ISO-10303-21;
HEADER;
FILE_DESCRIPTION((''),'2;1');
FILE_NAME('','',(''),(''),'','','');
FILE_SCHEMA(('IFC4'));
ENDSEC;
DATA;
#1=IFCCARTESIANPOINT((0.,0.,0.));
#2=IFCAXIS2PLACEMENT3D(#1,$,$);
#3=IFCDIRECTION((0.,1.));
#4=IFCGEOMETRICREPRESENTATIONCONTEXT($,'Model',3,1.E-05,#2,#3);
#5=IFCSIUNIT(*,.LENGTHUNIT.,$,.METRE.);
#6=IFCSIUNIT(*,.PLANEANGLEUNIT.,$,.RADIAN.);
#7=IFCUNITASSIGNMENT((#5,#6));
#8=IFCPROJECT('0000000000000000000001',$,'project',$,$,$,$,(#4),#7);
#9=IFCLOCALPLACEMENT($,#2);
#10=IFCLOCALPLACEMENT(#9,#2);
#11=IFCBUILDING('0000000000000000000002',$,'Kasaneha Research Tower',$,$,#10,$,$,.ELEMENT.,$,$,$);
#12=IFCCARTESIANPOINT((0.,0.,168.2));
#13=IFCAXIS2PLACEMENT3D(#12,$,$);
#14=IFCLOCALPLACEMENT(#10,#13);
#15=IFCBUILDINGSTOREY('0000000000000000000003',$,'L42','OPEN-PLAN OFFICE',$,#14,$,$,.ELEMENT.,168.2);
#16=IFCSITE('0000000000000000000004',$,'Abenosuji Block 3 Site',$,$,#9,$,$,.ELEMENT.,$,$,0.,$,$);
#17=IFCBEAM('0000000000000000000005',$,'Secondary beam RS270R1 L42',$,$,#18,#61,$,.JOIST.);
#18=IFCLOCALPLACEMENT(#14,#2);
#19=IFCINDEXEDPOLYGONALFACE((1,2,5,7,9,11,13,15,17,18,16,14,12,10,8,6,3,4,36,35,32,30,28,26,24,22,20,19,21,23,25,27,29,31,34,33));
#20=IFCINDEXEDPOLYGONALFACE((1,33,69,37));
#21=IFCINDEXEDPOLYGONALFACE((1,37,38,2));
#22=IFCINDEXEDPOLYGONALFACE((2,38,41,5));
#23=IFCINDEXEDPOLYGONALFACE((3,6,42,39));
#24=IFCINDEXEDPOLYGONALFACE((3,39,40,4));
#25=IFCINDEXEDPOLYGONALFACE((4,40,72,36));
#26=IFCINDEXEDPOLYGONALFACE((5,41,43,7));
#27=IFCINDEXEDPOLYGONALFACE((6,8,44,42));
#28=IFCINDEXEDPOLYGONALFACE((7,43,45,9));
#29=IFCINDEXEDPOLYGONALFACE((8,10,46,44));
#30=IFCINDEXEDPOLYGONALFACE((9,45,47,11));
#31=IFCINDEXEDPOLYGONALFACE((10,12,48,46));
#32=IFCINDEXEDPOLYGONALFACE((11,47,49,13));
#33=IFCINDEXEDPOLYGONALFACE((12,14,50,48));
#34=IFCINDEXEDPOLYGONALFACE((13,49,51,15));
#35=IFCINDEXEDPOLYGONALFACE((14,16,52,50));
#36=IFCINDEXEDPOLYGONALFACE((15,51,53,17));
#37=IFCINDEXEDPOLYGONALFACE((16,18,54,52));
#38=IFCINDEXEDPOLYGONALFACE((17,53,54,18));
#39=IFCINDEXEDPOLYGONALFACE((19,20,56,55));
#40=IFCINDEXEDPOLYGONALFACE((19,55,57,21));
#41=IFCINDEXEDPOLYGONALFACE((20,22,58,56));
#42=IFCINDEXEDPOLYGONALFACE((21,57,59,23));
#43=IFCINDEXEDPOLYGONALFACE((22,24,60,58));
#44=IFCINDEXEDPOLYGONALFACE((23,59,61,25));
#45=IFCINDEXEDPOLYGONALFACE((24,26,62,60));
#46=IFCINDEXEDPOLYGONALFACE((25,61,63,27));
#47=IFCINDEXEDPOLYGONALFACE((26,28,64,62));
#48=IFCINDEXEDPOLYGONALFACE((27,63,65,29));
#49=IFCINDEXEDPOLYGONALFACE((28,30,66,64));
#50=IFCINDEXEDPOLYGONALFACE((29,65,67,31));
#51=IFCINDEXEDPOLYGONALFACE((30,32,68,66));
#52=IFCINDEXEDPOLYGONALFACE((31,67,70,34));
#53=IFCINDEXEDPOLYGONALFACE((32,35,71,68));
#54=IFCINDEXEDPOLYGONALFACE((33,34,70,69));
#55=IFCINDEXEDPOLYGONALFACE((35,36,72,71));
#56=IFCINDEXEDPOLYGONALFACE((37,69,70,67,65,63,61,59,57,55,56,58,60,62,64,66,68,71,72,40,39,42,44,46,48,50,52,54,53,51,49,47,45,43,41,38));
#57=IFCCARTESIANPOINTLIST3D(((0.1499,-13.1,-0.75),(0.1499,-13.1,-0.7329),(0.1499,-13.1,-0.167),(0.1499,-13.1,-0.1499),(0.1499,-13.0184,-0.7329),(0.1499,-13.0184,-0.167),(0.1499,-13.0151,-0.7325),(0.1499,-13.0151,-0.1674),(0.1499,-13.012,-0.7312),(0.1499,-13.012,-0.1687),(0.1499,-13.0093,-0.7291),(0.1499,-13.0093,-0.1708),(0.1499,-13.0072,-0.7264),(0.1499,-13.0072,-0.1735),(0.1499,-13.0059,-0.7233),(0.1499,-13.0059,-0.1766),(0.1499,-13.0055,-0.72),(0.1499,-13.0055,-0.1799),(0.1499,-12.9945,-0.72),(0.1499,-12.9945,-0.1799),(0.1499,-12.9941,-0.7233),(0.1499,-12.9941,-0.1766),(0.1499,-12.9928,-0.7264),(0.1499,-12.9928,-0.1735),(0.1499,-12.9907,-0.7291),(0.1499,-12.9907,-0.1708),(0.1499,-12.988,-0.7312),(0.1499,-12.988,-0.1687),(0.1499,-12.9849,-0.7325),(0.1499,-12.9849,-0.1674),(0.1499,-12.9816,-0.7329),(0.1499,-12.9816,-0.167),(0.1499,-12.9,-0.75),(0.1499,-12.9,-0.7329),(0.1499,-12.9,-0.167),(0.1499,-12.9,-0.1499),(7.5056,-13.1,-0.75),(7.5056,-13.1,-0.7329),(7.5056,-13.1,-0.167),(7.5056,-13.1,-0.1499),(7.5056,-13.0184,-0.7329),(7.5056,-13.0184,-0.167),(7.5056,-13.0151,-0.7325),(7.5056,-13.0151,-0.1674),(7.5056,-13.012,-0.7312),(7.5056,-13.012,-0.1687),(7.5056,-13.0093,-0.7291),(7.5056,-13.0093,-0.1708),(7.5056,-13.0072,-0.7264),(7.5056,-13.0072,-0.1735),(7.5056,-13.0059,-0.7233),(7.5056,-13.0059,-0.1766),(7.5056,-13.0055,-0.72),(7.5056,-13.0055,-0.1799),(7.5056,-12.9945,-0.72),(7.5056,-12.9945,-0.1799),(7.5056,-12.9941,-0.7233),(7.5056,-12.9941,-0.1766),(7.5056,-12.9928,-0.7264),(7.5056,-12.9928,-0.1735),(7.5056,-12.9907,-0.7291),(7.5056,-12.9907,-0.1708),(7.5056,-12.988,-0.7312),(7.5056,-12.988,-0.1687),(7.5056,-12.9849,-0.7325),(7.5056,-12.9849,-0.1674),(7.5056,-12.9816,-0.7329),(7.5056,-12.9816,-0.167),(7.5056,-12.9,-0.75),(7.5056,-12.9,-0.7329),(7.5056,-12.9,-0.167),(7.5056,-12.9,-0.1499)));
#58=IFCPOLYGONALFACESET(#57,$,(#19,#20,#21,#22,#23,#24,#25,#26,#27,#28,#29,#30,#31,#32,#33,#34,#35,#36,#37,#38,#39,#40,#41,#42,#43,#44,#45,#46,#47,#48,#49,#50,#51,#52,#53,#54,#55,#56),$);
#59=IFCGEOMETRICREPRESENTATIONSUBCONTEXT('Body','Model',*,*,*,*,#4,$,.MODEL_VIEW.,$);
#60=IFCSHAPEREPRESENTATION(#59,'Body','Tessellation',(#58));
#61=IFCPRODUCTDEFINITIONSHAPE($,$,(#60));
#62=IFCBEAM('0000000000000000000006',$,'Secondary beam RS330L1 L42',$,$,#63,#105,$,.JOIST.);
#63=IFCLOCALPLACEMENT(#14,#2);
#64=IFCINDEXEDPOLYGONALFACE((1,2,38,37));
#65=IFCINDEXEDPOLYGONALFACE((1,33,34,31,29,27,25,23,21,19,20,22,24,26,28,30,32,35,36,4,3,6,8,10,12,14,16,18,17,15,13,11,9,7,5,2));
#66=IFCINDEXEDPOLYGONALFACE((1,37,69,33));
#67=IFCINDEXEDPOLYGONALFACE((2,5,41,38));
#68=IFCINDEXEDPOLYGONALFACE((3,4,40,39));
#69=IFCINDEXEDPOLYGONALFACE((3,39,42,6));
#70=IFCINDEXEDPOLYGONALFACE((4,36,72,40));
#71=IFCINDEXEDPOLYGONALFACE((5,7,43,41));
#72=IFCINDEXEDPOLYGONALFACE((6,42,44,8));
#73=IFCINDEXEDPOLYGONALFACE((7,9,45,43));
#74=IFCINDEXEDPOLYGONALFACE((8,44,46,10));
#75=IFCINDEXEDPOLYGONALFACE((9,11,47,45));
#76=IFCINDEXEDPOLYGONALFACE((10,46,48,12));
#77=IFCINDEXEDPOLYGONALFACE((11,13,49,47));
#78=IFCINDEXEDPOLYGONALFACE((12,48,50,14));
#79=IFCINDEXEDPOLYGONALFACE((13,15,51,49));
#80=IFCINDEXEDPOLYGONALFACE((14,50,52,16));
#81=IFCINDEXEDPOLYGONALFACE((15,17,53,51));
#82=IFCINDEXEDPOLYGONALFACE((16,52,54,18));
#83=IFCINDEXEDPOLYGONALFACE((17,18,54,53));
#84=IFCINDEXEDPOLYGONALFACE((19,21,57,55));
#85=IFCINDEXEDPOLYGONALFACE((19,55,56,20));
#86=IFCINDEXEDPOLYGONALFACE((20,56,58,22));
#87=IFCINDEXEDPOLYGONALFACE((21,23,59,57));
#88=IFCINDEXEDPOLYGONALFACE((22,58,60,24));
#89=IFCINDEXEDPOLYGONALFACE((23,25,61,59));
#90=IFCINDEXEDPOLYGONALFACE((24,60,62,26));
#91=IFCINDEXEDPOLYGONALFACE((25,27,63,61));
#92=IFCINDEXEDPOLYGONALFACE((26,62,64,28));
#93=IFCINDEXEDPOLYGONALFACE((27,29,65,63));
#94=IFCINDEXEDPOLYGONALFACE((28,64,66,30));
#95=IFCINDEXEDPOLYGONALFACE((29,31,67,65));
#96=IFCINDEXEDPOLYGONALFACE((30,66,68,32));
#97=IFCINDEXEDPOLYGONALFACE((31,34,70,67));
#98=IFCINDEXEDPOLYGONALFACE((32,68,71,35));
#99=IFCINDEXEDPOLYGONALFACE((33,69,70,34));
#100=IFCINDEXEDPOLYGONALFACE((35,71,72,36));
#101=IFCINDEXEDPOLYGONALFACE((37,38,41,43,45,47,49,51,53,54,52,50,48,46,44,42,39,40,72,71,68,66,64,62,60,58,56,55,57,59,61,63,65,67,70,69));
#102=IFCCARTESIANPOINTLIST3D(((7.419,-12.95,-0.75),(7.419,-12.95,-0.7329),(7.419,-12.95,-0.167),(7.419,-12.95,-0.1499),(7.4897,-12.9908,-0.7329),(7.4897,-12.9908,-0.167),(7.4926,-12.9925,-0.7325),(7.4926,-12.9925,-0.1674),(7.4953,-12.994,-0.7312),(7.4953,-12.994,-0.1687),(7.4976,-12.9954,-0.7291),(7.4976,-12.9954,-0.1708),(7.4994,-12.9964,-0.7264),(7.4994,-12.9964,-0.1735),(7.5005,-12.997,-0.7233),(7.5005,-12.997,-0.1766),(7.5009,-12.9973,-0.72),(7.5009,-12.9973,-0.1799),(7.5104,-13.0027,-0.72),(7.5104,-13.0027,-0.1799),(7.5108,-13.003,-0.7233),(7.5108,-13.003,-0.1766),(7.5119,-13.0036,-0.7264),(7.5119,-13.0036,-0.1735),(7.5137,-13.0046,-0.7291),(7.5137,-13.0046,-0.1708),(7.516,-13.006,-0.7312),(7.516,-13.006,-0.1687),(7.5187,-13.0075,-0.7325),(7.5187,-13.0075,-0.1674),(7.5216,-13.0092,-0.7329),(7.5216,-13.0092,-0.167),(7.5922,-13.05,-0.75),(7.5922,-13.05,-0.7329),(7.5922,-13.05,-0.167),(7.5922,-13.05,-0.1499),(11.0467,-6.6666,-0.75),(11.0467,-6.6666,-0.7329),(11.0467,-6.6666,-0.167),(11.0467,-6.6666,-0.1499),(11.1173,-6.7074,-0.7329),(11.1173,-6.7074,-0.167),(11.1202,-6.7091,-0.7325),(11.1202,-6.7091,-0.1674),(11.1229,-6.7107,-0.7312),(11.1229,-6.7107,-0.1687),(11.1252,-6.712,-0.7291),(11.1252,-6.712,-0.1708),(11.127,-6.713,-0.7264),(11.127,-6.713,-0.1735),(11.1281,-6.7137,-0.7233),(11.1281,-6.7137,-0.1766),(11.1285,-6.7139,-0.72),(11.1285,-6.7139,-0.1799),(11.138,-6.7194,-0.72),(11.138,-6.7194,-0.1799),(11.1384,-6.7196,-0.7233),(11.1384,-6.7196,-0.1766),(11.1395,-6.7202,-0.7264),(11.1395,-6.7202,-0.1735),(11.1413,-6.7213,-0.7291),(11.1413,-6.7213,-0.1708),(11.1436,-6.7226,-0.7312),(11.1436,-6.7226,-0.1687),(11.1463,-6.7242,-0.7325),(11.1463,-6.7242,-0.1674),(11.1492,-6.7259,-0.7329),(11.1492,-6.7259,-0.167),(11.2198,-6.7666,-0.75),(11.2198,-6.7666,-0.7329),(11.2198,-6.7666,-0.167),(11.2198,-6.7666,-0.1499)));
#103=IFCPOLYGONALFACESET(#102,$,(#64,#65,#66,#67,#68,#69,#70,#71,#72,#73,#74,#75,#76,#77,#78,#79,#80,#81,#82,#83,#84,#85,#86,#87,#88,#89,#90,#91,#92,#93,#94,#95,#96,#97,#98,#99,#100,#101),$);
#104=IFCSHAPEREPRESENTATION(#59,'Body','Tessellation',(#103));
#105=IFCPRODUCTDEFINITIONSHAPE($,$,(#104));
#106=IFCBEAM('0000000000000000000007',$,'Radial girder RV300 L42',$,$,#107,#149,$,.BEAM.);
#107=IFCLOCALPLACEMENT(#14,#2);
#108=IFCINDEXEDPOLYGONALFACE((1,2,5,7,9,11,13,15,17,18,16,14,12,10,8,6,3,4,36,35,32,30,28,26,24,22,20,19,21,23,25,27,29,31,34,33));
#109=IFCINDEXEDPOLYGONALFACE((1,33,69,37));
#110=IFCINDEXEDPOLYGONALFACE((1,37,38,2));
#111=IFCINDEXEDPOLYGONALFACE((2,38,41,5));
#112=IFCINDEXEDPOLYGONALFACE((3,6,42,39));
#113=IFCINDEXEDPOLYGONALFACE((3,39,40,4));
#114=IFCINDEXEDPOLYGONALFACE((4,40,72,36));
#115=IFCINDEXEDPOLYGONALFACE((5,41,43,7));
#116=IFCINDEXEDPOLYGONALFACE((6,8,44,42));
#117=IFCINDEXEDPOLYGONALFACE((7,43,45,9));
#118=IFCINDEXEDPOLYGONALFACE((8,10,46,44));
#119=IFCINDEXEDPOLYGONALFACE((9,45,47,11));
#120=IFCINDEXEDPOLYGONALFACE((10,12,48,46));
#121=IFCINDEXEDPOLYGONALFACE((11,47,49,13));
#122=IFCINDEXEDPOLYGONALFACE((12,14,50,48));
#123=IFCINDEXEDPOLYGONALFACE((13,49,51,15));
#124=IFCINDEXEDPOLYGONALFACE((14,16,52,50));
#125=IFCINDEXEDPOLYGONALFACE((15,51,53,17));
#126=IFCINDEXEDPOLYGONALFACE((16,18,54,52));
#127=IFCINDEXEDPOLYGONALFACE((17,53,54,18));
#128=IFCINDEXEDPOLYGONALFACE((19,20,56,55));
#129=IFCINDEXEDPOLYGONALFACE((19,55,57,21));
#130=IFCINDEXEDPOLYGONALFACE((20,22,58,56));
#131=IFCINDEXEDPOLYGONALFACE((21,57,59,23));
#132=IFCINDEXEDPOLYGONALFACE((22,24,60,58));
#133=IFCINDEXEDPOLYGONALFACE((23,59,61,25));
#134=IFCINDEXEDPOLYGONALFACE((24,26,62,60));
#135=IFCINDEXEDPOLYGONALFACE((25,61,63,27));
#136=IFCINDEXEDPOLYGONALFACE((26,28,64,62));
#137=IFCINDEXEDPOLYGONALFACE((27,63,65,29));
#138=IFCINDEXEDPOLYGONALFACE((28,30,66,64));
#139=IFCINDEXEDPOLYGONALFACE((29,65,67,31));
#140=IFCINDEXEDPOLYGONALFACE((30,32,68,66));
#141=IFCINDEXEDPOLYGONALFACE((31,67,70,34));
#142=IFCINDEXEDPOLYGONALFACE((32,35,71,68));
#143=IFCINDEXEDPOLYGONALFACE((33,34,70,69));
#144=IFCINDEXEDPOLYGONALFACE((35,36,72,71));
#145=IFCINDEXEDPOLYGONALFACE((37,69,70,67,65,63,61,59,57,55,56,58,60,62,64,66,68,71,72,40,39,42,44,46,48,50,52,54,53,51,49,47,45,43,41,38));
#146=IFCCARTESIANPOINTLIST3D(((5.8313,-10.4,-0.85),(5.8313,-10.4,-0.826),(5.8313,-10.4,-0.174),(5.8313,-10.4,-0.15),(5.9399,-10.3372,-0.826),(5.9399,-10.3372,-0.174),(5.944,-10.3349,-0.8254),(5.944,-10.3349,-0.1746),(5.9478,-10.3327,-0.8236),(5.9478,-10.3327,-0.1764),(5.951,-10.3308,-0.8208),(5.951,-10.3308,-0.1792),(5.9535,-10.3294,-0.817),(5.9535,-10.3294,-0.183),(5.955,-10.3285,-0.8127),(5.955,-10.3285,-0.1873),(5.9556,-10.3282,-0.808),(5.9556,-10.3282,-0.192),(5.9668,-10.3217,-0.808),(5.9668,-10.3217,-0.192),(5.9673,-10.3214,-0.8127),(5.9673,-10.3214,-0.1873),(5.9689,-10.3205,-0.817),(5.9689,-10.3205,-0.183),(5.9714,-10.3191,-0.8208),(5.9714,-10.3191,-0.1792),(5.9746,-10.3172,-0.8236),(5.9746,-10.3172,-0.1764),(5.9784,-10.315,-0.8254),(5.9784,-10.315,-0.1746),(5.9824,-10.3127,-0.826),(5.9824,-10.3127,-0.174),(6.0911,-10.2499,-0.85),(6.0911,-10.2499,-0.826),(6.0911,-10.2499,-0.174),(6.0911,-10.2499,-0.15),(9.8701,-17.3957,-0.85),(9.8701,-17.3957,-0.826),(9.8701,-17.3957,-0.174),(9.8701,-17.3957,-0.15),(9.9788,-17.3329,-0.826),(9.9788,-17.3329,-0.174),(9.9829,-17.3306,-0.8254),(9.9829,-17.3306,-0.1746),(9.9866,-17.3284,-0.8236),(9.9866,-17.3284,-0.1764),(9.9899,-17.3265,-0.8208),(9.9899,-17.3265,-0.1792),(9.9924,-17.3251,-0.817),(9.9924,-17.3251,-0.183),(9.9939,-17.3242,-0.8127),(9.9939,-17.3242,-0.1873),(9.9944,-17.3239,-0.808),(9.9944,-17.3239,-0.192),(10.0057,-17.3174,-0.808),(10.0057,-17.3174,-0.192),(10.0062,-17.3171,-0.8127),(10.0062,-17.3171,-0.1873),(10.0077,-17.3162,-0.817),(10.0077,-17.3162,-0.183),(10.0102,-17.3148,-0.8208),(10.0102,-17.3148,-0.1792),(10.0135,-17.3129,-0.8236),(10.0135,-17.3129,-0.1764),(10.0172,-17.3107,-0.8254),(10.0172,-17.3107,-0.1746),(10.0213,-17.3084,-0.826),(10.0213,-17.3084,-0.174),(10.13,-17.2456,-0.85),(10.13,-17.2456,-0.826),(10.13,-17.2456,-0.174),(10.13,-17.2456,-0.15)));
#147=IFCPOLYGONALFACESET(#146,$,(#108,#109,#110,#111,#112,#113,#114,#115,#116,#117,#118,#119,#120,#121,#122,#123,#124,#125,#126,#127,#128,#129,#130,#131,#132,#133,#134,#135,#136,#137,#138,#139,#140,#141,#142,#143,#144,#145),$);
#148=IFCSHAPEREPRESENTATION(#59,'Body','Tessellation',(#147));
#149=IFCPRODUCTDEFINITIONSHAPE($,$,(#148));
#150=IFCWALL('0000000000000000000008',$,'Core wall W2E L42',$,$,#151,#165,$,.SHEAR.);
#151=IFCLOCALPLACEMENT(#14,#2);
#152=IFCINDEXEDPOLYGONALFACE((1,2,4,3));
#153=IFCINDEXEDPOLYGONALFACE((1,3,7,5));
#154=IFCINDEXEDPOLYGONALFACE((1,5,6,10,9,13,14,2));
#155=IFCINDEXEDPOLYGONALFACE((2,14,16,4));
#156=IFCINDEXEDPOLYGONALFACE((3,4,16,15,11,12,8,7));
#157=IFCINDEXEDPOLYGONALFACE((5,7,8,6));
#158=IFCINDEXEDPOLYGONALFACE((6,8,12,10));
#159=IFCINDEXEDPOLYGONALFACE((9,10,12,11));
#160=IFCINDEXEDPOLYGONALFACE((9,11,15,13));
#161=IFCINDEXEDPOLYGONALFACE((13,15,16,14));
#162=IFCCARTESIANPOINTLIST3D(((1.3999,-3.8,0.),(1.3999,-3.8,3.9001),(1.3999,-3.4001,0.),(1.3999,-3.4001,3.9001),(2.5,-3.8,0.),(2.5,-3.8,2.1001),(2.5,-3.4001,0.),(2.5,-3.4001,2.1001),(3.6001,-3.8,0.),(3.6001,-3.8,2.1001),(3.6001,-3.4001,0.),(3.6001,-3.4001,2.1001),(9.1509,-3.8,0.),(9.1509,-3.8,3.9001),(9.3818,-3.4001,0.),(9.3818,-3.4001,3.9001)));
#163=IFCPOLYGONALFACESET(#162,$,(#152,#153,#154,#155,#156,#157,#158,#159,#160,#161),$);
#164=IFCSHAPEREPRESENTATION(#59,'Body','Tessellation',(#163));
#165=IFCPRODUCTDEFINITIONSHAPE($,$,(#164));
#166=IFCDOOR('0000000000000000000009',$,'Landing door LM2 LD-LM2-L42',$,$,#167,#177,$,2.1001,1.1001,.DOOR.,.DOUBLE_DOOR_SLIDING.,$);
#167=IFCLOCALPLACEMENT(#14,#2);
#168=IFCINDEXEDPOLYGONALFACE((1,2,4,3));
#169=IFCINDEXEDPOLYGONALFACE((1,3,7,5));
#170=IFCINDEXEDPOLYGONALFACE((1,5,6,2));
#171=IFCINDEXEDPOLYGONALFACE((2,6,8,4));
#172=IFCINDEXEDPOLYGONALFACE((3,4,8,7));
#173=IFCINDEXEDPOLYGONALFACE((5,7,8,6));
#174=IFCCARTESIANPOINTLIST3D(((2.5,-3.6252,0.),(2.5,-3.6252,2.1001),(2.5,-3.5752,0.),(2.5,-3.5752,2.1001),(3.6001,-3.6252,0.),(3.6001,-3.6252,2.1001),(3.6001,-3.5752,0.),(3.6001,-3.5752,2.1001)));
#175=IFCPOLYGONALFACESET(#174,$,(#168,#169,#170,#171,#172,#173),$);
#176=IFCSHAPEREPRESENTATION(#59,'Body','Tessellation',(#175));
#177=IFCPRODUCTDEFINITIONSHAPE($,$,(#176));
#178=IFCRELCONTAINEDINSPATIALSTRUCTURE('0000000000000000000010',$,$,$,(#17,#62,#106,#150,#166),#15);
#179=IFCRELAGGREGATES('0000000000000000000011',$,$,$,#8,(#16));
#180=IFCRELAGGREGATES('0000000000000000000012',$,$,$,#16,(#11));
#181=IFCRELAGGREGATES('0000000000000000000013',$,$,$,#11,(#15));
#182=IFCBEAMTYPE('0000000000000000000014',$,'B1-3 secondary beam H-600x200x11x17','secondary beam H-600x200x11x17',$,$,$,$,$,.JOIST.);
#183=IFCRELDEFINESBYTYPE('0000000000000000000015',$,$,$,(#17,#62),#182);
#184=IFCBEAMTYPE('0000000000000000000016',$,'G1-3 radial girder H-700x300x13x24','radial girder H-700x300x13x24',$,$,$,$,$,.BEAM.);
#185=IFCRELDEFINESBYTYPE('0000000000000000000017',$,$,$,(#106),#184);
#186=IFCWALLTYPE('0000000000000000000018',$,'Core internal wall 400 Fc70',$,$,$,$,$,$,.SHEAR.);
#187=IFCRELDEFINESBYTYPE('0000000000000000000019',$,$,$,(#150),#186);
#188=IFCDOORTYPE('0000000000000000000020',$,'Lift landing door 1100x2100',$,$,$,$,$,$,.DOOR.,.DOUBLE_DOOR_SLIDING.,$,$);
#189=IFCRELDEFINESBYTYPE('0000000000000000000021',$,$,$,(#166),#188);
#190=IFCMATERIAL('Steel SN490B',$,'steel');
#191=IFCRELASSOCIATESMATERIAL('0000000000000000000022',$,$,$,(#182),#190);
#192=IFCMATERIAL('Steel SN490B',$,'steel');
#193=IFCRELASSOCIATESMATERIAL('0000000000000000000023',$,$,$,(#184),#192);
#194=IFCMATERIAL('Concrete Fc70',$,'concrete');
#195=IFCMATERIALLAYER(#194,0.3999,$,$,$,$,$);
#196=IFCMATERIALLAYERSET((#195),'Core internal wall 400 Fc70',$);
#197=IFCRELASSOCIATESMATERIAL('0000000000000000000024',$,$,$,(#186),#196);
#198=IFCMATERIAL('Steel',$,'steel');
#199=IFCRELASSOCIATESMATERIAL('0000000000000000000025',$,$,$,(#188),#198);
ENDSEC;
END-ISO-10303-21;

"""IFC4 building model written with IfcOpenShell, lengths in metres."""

from ifc_helpers import new_model, si_unit, direction, frame, frame_2d, origin, origin_2d, place, context, subcontext, project, spatial, polyline, rectangle, i_section, outline, extrude, material, layer, layer_set, material_profile, profile_set, type_object, element, fill, save


model = new_model("IFC4")

# Units and contexts
model_context = context("Model", 3, precision=1e-05, world=origin(), true_north=direction((0.0, 1.0)))
body_context = subcontext(model_context, "Body", "Model", "MODEL_VIEW")
ifc_project = project(units=[si_unit("LENGTHUNIT", "METRE"), si_unit("PLANEANGLEUNIT", "RADIAN")], contexts=[model_context])

# Site, building, storey
site_placement = place(None, origin())
site = spatial("IfcSite", under=ifc_project, at=site_placement, Name="Abenosuji Block 3 Site", CompositionType="ELEMENT", RefElevation=0.0)
building_placement = place(site_placement, origin())
building = spatial("IfcBuilding", under=site, at=building_placement, Name="Kasaneha Research Tower", CompositionType="ELEMENT")
storey_placement = place(building_placement, frame((0.0, 0.0, 168.2)))
storey = spatial("IfcBuildingStorey", under=building, at=storey_placement, Name="L42", Description="OPEN-PLAN OFFICE", CompositionType="ELEMENT", Elevation=168.2)

# Beams
ifc_material_1 = material(Name="Steel SN490B", Category="steel")
ifc_material_profile_1 = material_profile(ifc_material_1, i_section(OverallWidth=0.2, OverallDepth=0.6001, WebThickness=0.011, FlangeThickness=0.0171, FilletRadius=0.0129, at=origin_2d()), Name="H-600x200x11x17")
ifc_profile_set_1 = profile_set([ifc_material_profile_1], Name="Steel SN490B")
beam_type_1 = type_object("IfcBeamType", Name="B1-3 secondary beam H-600x200x11x17", Description="secondary beam H-600x200x11x17", PredefinedType="JOIST", material=ifc_profile_set_1)
beam_1_placement = place(storey_placement, frame((7.5056, -13.0, -0.45), z_axis=(-1.0, 0.0, 0.0), x_axis=(0.0, -1.0, 0.0)))
element("IfcBeam", 1, at=beam_1_placement, inside=storey, type_object=beam_type_1, Name="Secondary beam RS270R1 L42", PredefinedType="JOIST", context=body_context, shape_type="SweptSolid", body=[
    extrude(i_section(OverallWidth=0.2, OverallDepth=0.6001, WebThickness=0.011, FlangeThickness=0.0171, FilletRadius=0.0129, at=origin_2d()), origin(), (0.0, 0.0, 1.0), 7.3557),
])
beam_2_placement = place(storey_placement, frame((7.5056, -13.0, -0.45), z_axis=(0.499993, 0.866029, 0.0), x_axis=(-0.866029, 0.499993, 0.0)))
element("IfcBeam", 2, at=beam_2_placement, inside=storey, type_object=beam_type_1, Name="Secondary beam RS330L1 L42", PredefinedType="JOIST", context=body_context, shape_type="SweptSolid", body=[
    extrude(i_section(OverallWidth=0.2, OverallDepth=0.6001, WebThickness=0.011, FlangeThickness=0.0171, FilletRadius=0.0129, at=origin_2d()), origin(), (0.0, 0.0, 1.0), 7.2554),
])
ifc_material_2 = material(Name="Steel SN490B", Category="steel")
ifc_material_profile_2 = material_profile(ifc_material_2, i_section(OverallWidth=0.3, OverallDepth=0.7, WebThickness=0.0129, FlangeThickness=0.0239, FilletRadius=0.0181, at=origin_2d()), Name="H-700x300x13x24")
ifc_profile_set_2 = profile_set([ifc_material_profile_2], Name="Steel SN490B")
beam_type_2 = type_object("IfcBeamType", Name="G1-3 radial girder H-700x300x13x24", Description="radial girder H-700x300x13x24", PredefinedType="BEAM", material=ifc_profile_set_2)
beam_3_placement = place(storey_placement, frame((5.9612, -10.325, -0.5), z_axis=(0.499991, -0.866031, 0.0), x_axis=(0.866031, 0.499991, 0.0)))
element("IfcBeam", 3, at=beam_3_placement, inside=storey, type_object=beam_type_2, Name="Radial girder RV300 L42", PredefinedType="BEAM", context=body_context, shape_type="SweptSolid", body=[
    extrude(i_section(OverallWidth=0.3, OverallDepth=0.7, WebThickness=0.0129, FlangeThickness=0.0239, FilletRadius=0.0181, at=origin_2d()), origin(), (0.0, 0.0, 1.0), 8.0779),
])

# Wall, opening, door
ifc_material_3 = material(Name="Concrete Fc70", Category="concrete")
ifc_layer_1 = layer(ifc_material_3, 0.3999)
ifc_layer_set_1 = layer_set([ifc_layer_1], Name="Core internal wall 400 Fc70")
wall_type_1 = type_object("IfcWallType", Name="Core internal wall 400 Fc70", PredefinedType="SHEAR", material=ifc_layer_set_1)
wall_1_placement = place(storey_placement, frame((1.3999, -3.6001, 0.0), z_axis=(0.0, 0.0, 1.0), x_axis=(1.0, 0.0, 0.0)))
wall_1 = element("IfcWall", 4, at=wall_1_placement, inside=storey, type_object=wall_type_1, Name="Core wall W2E L42", PredefinedType="SHEAR", context=body_context, shape_type="SweptSolid", body=[
    extrude(outline(polyline([(0.0, -0.2), (1.1001, -0.2), (2.2002, -0.2), (7.751, -0.2), (7.9819, 0.2), (2.2002, 0.2), (1.1001, 0.2), (0.0, 0.2), (0.0, -0.2)])), origin(), (0.0, 0.0, 1.0), 3.9001),
])
opening_1_placement = place(wall_1_placement, frame((1.1001, 0.0, 0.0)))
opening_1 = element("IfcOpeningElement", 5, at=opening_1_placement, cuts=wall_1, PredefinedType="OPENING", context=body_context, shape_type="SweptSolid", body=[
    extrude(rectangle(XDim=1.1001, YDim=2.1001, at=frame_2d((0.55, 1.05))), frame((0.0, 0.21, 0.0), z_axis=(0.0, -1.0, 0.0), x_axis=(1.0, 0.0, 0.0)), (0.0, 0.0, 1.0), 0.4199),
])
ifc_material_4 = material(Name="Steel", Category="steel")
door_type_1 = type_object("IfcDoorType", Name="Lift landing door 1100x2100", OperationType="DOUBLE_DOOR_SLIDING", PredefinedType="DOOR", material=ifc_material_4)
door_1_placement = place(opening_1_placement, origin())
door_1 = element("IfcDoor", 6, at=door_1_placement, inside=storey, type_object=door_type_1, Name="Landing door LM2 LD-LM2-L42", OperationType="DOUBLE_DOOR_SLIDING", OverallHeight=2.1001, OverallWidth=1.1001, PredefinedType="DOOR", context=body_context, shape_type="SweptSolid", body=[
    extrude(rectangle(XDim=1.1001, YDim=2.1001, at=frame_2d((0.55, 1.05))), frame((0.0, 0.0249, 0.0), z_axis=(0.0, -1.0, 0.0), x_axis=(1.0, 0.0, 0.0)), (0.0, 0.0, 1.0), 0.05),
])
fill(opening_1, door_1)

save(model, "model.ifc")
